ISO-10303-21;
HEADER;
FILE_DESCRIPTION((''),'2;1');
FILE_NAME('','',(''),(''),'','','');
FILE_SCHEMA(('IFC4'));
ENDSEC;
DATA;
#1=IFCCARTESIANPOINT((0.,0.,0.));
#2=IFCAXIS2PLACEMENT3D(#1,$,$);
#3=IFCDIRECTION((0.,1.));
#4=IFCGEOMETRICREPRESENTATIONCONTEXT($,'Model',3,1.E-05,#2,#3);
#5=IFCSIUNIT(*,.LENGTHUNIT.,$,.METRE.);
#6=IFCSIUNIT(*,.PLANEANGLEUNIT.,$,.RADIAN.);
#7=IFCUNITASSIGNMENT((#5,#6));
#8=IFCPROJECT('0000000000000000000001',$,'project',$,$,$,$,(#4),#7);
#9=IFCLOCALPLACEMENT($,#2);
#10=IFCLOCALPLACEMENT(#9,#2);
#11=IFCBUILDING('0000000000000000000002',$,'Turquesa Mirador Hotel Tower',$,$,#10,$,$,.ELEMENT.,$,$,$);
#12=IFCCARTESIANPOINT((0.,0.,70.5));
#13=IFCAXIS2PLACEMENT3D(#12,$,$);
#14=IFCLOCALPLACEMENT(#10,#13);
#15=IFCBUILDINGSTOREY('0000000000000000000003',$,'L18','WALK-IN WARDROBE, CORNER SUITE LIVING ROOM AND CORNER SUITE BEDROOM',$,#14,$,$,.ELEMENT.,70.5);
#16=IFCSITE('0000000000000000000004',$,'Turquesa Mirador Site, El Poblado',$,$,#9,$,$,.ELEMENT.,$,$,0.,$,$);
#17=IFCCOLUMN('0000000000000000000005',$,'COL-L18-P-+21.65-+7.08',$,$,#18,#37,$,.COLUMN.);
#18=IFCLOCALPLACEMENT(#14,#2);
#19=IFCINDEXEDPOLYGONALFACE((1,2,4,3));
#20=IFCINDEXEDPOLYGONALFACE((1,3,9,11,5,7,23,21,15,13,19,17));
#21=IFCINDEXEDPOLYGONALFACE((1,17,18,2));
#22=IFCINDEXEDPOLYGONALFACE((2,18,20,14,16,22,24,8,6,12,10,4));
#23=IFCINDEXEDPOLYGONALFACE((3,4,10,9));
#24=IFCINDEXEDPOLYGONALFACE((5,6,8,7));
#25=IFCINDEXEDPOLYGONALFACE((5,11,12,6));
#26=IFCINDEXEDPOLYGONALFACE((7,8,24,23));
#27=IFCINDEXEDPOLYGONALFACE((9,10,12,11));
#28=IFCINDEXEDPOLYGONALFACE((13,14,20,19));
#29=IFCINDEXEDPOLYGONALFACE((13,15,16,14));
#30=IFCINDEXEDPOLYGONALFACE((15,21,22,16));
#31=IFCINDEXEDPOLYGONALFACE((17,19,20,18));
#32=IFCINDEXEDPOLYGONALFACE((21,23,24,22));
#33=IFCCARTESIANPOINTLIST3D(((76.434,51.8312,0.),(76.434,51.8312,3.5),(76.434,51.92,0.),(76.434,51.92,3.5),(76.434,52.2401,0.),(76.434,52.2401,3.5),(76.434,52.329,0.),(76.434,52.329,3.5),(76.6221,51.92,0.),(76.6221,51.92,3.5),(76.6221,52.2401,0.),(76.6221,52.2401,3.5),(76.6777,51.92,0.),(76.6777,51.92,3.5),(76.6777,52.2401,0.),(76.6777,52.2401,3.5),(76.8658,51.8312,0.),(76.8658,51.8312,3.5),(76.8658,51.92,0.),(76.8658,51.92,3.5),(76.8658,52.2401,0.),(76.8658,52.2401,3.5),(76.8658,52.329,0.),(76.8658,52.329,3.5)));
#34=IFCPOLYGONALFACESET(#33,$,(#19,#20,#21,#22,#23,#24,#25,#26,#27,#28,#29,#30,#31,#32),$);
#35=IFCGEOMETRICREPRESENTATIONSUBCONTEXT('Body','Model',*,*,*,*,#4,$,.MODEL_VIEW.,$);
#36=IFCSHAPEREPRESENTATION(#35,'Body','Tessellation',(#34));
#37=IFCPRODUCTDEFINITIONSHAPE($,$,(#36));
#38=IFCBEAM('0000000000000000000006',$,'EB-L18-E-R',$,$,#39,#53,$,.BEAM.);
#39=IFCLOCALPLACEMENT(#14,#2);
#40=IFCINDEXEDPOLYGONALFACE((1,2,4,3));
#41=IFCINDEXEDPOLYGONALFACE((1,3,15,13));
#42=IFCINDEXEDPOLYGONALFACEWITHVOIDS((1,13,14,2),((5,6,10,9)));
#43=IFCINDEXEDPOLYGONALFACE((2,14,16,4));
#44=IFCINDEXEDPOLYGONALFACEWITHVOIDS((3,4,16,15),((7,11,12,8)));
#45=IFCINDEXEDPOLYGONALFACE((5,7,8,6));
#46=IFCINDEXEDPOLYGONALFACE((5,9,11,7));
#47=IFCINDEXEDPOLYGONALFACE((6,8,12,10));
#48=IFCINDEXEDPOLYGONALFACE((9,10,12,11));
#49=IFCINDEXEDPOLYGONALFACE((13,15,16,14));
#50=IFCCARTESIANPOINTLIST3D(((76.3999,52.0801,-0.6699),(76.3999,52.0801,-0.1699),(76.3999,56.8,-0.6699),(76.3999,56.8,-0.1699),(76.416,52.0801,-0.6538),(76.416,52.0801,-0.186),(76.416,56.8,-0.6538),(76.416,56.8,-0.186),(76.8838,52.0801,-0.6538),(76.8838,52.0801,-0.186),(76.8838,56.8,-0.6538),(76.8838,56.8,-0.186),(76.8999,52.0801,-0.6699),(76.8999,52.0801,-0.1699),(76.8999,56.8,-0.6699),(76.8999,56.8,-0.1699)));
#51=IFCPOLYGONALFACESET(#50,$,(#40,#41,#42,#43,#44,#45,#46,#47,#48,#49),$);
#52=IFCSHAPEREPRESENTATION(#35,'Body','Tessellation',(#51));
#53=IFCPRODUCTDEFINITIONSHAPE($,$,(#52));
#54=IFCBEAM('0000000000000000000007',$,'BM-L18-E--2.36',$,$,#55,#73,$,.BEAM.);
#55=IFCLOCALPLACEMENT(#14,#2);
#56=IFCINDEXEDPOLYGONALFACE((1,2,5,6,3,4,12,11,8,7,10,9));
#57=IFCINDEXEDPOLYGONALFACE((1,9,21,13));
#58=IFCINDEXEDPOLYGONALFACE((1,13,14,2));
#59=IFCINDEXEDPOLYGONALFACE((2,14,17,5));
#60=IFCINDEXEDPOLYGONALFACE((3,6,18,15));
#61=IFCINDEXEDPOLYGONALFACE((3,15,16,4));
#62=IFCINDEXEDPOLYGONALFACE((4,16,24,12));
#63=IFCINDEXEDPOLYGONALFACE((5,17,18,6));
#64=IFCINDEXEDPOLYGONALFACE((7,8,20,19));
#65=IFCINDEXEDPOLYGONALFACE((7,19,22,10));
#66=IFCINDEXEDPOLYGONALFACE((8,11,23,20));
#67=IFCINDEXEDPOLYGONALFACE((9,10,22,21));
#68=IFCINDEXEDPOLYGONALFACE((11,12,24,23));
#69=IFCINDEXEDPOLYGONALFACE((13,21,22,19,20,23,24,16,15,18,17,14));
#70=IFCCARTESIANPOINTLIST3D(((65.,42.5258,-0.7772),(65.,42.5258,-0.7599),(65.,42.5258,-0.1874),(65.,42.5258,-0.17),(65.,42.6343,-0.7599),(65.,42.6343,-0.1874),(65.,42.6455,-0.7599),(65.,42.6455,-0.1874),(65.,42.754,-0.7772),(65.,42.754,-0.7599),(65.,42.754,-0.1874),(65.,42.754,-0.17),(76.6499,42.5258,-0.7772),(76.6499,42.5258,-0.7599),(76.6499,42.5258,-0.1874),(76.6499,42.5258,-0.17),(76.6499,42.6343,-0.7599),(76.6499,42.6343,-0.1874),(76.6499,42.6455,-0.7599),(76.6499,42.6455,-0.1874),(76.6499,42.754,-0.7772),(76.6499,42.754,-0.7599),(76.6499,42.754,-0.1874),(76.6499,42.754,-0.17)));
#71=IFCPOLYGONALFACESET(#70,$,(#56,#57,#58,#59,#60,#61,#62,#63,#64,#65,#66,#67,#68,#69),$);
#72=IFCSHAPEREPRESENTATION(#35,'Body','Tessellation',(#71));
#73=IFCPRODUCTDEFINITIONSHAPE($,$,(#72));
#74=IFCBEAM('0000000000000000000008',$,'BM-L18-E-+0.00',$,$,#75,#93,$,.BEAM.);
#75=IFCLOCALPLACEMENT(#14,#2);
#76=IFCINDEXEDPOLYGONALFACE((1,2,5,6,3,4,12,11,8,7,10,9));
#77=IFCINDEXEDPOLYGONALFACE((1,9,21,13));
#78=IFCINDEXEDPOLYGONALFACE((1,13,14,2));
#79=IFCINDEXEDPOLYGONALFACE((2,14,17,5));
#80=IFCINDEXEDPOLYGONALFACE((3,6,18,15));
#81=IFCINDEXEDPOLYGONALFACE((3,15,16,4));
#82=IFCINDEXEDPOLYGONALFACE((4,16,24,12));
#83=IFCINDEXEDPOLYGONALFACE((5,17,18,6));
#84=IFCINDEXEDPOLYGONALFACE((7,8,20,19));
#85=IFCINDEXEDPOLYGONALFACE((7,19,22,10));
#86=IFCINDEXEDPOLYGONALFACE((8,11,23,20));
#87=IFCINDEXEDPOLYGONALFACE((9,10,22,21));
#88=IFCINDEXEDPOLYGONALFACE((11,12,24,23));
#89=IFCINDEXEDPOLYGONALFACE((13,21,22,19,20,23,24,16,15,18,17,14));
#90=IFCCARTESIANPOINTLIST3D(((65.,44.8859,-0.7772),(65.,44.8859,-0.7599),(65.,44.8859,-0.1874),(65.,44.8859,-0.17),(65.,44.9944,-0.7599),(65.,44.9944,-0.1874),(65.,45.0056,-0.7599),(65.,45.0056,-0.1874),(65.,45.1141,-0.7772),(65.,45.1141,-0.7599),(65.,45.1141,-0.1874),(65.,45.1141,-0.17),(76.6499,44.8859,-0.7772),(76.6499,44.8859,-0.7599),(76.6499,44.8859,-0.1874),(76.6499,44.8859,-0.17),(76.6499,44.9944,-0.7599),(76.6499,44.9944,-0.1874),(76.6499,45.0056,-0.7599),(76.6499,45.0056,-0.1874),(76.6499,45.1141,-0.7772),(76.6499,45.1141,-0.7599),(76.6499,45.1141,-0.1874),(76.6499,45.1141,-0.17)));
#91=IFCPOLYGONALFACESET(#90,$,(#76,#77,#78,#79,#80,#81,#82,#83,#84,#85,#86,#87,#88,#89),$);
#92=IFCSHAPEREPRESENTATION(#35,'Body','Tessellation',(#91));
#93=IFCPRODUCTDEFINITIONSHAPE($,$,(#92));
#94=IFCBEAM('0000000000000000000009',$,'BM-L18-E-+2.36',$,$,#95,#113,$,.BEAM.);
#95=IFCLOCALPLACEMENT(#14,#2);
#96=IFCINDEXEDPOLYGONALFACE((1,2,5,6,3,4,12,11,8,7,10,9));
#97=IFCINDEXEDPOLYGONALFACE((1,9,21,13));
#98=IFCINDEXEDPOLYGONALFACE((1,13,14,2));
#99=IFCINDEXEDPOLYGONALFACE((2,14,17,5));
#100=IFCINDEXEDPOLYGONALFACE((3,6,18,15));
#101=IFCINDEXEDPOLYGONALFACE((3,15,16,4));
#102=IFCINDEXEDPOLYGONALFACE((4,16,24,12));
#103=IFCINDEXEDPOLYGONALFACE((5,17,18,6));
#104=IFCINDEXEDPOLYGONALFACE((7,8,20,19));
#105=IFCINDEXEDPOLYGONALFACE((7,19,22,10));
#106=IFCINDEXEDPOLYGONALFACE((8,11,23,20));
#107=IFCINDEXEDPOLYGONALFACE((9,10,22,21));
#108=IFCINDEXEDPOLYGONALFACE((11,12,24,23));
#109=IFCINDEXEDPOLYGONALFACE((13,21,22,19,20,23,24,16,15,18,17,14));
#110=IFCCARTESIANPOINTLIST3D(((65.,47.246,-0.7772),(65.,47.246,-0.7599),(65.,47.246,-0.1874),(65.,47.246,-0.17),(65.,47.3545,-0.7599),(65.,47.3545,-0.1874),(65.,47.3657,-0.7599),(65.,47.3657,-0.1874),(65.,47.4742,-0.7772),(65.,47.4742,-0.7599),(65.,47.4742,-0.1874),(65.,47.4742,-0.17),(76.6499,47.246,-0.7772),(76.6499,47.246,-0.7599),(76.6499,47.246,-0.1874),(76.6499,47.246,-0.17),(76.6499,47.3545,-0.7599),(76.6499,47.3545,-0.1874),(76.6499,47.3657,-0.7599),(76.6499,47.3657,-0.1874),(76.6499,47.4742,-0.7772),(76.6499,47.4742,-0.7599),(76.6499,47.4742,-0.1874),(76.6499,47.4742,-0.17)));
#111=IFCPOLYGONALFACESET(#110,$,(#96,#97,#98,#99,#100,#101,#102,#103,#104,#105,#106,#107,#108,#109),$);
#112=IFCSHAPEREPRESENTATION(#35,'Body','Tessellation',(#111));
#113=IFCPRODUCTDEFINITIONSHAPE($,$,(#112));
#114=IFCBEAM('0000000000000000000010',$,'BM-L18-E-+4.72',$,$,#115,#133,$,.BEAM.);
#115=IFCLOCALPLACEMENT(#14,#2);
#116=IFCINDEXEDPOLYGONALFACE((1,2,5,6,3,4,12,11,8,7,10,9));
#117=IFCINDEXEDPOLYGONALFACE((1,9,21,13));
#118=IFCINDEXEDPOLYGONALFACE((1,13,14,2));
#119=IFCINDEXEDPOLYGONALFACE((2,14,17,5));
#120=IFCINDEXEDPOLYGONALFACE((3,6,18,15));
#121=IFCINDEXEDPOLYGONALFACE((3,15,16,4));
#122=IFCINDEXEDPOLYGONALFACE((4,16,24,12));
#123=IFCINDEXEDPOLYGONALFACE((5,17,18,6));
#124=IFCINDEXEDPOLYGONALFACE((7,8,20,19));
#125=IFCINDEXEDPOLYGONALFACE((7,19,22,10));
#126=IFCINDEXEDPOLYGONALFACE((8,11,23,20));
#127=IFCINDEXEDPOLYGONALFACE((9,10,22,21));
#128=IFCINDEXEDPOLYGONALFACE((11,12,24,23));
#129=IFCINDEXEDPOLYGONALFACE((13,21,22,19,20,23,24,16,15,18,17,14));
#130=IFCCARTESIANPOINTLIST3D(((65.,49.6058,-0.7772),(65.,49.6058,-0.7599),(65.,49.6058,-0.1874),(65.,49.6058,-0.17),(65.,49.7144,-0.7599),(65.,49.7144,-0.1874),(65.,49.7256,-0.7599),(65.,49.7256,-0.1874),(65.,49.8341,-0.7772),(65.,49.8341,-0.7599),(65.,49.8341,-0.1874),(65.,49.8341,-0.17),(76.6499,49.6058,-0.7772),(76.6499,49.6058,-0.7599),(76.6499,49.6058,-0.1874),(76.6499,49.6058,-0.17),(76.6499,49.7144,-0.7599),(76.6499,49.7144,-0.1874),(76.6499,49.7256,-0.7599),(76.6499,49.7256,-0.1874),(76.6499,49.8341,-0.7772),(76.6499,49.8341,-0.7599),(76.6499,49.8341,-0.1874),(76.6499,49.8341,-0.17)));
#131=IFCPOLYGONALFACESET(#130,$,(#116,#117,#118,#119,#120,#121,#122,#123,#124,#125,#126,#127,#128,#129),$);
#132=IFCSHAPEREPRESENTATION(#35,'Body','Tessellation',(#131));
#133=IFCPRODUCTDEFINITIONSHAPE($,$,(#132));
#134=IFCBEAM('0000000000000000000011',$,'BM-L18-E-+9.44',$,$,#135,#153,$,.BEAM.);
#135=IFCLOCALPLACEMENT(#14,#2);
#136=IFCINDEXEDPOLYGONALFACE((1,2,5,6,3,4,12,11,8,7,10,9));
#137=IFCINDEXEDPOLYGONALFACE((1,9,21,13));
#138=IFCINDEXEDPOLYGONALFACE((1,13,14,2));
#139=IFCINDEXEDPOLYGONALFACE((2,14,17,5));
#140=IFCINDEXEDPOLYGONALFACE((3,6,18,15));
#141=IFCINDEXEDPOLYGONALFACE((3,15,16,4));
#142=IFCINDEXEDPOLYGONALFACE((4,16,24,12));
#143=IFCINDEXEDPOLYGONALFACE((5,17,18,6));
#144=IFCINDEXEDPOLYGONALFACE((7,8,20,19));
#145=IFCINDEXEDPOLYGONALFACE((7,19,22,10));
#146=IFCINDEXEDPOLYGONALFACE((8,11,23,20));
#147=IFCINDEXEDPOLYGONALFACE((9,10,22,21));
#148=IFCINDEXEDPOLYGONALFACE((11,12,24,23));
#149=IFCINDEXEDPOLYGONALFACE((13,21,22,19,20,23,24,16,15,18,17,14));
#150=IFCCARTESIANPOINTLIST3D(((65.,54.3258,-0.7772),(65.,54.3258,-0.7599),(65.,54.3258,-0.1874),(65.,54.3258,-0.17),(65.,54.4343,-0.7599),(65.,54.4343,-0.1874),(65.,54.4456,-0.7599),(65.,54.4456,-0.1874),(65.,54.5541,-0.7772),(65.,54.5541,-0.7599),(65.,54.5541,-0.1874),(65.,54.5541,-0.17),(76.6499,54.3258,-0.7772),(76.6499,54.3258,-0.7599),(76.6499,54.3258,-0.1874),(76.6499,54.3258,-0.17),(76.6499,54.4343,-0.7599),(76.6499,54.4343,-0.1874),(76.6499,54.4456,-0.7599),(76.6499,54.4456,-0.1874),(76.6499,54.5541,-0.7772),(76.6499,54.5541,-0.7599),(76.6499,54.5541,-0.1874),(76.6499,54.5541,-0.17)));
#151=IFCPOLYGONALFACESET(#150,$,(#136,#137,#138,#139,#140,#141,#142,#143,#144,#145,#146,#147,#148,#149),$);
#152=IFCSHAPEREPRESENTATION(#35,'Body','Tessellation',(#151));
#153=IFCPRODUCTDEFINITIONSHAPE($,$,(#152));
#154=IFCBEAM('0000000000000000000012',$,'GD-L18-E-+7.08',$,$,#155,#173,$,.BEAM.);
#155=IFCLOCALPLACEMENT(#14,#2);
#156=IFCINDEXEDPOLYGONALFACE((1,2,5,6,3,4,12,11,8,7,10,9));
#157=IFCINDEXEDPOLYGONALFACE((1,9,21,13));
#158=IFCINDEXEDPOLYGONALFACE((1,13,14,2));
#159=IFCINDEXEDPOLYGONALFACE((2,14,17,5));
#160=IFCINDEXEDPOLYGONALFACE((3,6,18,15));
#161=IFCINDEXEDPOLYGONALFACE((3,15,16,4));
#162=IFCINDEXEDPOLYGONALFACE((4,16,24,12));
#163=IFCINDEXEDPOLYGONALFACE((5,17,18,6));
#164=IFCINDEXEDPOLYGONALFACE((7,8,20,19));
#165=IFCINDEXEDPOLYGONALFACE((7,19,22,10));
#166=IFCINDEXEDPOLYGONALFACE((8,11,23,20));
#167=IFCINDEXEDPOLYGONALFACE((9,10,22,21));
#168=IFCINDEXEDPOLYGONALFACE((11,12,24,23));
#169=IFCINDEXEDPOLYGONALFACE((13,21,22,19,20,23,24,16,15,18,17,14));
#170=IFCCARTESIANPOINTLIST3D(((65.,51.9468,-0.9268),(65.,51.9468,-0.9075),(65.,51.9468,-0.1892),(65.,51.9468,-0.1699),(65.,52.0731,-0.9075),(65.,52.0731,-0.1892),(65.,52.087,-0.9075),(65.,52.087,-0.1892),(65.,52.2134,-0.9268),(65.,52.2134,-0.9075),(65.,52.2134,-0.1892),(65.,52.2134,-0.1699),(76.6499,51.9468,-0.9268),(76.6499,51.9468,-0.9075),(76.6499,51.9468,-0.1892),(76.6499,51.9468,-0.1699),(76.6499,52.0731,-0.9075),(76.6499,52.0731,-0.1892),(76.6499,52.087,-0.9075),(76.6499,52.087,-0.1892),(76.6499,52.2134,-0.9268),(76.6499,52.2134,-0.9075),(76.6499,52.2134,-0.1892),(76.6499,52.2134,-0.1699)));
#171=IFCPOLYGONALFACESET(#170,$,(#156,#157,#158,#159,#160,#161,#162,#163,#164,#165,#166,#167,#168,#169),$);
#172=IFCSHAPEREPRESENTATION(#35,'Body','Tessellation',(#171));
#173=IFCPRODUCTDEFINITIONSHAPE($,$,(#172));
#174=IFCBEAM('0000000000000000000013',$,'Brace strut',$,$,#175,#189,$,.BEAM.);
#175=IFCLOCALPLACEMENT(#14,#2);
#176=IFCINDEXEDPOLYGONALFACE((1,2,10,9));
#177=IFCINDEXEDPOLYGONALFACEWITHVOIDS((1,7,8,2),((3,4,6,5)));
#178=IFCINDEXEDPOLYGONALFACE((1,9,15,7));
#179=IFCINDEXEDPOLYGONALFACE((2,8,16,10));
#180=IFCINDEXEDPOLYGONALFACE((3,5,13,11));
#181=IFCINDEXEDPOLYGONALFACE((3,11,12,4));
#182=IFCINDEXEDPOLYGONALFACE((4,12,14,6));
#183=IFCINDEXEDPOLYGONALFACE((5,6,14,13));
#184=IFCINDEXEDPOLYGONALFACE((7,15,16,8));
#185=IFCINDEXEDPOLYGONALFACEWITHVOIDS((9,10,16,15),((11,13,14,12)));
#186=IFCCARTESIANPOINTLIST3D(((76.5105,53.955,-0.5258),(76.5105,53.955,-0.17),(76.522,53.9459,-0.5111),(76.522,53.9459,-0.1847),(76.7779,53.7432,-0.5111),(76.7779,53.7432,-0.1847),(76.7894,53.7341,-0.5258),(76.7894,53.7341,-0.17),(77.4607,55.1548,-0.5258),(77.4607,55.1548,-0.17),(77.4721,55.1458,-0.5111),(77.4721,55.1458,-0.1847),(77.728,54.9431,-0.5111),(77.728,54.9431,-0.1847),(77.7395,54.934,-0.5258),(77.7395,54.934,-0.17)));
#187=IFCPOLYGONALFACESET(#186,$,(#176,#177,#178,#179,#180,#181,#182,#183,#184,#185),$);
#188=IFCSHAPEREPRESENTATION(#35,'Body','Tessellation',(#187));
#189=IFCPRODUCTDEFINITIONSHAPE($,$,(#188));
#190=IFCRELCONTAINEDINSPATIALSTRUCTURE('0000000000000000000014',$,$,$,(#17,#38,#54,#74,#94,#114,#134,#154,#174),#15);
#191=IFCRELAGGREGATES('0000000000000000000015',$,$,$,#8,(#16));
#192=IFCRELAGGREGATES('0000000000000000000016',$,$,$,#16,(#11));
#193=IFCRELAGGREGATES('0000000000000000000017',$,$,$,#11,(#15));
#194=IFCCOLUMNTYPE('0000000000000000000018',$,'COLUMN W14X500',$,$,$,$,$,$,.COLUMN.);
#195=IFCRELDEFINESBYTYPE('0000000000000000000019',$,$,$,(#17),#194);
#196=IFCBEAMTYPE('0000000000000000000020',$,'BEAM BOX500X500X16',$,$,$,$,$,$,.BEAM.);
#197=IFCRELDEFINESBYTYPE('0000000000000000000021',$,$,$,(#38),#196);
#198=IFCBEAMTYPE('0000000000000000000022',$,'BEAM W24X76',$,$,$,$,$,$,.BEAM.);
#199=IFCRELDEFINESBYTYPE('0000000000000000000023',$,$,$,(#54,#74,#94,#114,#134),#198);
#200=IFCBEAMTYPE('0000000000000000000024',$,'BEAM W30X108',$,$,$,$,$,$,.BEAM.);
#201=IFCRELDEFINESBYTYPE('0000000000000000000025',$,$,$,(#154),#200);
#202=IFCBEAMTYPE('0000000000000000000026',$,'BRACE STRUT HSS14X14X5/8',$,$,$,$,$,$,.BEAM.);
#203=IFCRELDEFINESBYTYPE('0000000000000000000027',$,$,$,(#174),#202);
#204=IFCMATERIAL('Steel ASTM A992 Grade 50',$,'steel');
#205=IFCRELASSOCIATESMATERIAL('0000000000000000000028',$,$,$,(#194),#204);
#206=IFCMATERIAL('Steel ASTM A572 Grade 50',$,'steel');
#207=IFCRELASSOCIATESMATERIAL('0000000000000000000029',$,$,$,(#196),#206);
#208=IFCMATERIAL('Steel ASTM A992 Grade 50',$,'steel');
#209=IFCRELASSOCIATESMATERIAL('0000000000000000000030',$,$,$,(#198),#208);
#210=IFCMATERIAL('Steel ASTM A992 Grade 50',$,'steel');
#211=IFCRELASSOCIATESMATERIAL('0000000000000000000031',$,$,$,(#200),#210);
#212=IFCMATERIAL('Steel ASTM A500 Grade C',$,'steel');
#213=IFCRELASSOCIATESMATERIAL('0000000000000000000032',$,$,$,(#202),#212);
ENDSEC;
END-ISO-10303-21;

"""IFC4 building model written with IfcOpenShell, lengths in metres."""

from ifc_helpers import new_model, si_unit, direction, frame, origin, origin_2d, place, context, subcontext, project, spatial, hollow_rectangle, i_section, extrude, material, material_profile, profile_set, type_object, element, save


model = new_model("IFC4")

# Units and contexts
model_context = context("Model", 3, precision=1e-05, world=origin(), true_north=direction((0.0, 1.0)))
body_context = subcontext(model_context, "Body", "Model", "MODEL_VIEW")
ifc_project = project(units=[si_unit("LENGTHUNIT", "METRE"), si_unit("PLANEANGLEUNIT", "RADIAN")], contexts=[model_context])

# Site, building, storey
site_placement = place(None, origin())
site = spatial("IfcSite", under=ifc_project, at=site_placement, Name="Turquesa Mirador Site, El Poblado", CompositionType="ELEMENT", RefElevation=0.0)
building_placement = place(site_placement, origin())
building = spatial("IfcBuilding", under=site, at=building_placement, Name="Turquesa Mirador Hotel Tower", CompositionType="ELEMENT")
storey_placement = place(building_placement, frame((0.0, 0.0, 70.5)))
storey = spatial("IfcBuildingStorey", under=building, at=storey_placement, Name="L18", Description="WALK-IN WARDROBE, CORNER SUITE LIVING ROOM AND CORNER SUITE BEDROOM", CompositionType="ELEMENT", Elevation=70.5)

# Column
ifc_material_1 = material(Name="Steel ASTM A992 Grade 50", Category="steel")
ifc_material_profile_1 = material_profile(ifc_material_1, i_section(OverallWidth=0.4319, OverallDepth=0.4978, WebThickness=0.0557, FlangeThickness=0.0889, at=origin_2d()), Name="W14X500")
ifc_profile_set_1 = profile_set([ifc_material_profile_1], Name="Steel ASTM A992 Grade 50")
column_type = type_object("IfcColumnType", Name="COLUMN W14X500", PredefinedType="COLUMN", material=ifc_profile_set_1)
column_placement = place(storey_placement, frame((76.6499, 52.0801, 0.0), z_axis=(0.0, 0.0, 1.0), x_axis=(1.0, 0.0, 0.0)))
element("IfcColumn", 1, at=column_placement, inside=storey, type_object=column_type, Name="COL-L18-P-+21.65-+7.08", PredefinedType="COLUMN", context=body_context, shape_type="SweptSolid", body=[
    extrude(i_section(OverallWidth=0.4319, OverallDepth=0.4978, WebThickness=0.0557, FlangeThickness=0.0889, at=origin_2d()), origin(), (0.0, 0.0, 1.0), 3.5),
])

# Beams
ifc_material_2 = material(Name="Steel ASTM A572 Grade 50", Category="steel")
ifc_material_profile_2 = material_profile(ifc_material_2, hollow_rectangle(XDim=0.5, YDim=0.5, WallThickness=0.0161, at=origin_2d()), Name="BOX500X500X16")
ifc_profile_set_2 = profile_set([ifc_material_profile_2], Name="Steel ASTM A572 Grade 50")
beam_type_1 = type_object("IfcBeamType", Name="BEAM BOX500X500X16", PredefinedType="BEAM", material=ifc_profile_set_2)
beam_1_placement = place(storey_placement, frame((76.6499, 52.0801, -0.4199), z_axis=(0.0, 1.0, 0.0), x_axis=(-1.0, 0.0, 0.0)))
element("IfcBeam", 2, at=beam_1_placement, inside=storey, type_object=beam_type_1, Name="EB-L18-E-R", PredefinedType="BEAM", context=body_context, shape_type="SweptSolid", body=[
    extrude(hollow_rectangle(XDim=0.5, YDim=0.5, WallThickness=0.0161, at=origin_2d()), origin(), (0.0, 0.0, 1.0), 4.72),
])
ifc_material_3 = material(Name="Steel ASTM A992 Grade 50", Category="steel")
ifc_material_profile_3 = material_profile(ifc_material_3, i_section(OverallWidth=0.2283, OverallDepth=0.6072, WebThickness=0.0112, FlangeThickness=0.0173, at=origin_2d()), Name="W24X76")
ifc_profile_set_3 = profile_set([ifc_material_profile_3], Name="Steel ASTM A992 Grade 50")
beam_type_2 = type_object("IfcBeamType", Name="BEAM W24X76", PredefinedType="BEAM", material=ifc_profile_set_3)
for number, where, z_axis, x_axis, name in (
    (3, (76.6499, 42.6399, -0.4736), (-1.0, 0.0, 0.0), (0.0, -1.0, 0.0), "BM-L18-E--2.36"),
    (4, (76.6499, 45.0, -0.4736), (-1.0, 0.0, 0.0), (0.0, -1.0, 0.0), "BM-L18-E-+0.00"),
    (5, (76.6499, 47.3601, -0.4736), (-1.0, 0.0, 0.0), (0.0, -1.0, 0.0), "BM-L18-E-+2.36"),
    (6, (76.6499, 49.72, -0.4736), (-1.0, 0.0, 0.0), (0.0, -1.0, 0.0), "BM-L18-E-+4.72"),
    (7, (76.6499, 54.4399, -0.4736), (-1.0, 0.0, 0.0), (0.0, -1.0, 0.0), "BM-L18-E-+9.44"),
):
    element("IfcBeam", number, at=place(storey_placement, frame(where, z_axis=z_axis, x_axis=x_axis)), inside=storey, type_object=beam_type_2, Name=name, PredefinedType="BEAM", context=body_context, shape_type="SweptSolid", body=[
        extrude(i_section(OverallWidth=0.2283, OverallDepth=0.6072, WebThickness=0.0112, FlangeThickness=0.0173, at=origin_2d()), origin(), (0.0, 0.0, 1.0), 11.6499),
    ])
ifc_material_4 = material(Name="Steel ASTM A992 Grade 50", Category="steel")
ifc_material_profile_4 = material_profile(ifc_material_4, i_section(OverallWidth=0.2666, OverallDepth=0.7568, WebThickness=0.0139, FlangeThickness=0.0193, at=origin_2d()), Name="W30X108")
ifc_profile_set_4 = profile_set([ifc_material_profile_4], Name="Steel ASTM A992 Grade 50")
beam_type_3 = type_object("IfcBeamType", Name="BEAM W30X108", PredefinedType="BEAM", material=ifc_profile_set_4)
beam_2_placement = place(storey_placement, frame((76.6499, 52.0801, -0.5483), z_axis=(-1.0, 0.0, 0.0), x_axis=(0.0, -1.0, 0.0)))
element("IfcBeam", 8, at=beam_2_placement, inside=storey, type_object=beam_type_3, Name="GD-L18-E-+7.08", PredefinedType="BEAM", context=body_context, shape_type="SweptSolid", body=[
    extrude(i_section(OverallWidth=0.2666, OverallDepth=0.7568, WebThickness=0.0139, FlangeThickness=0.0193, at=origin_2d()), origin(), (0.0, 0.0, 1.0), 11.6499),
])
ifc_material_5 = material(Name="Steel ASTM A500 Grade C", Category="steel")
ifc_material_profile_5 = material_profile(ifc_material_5, hollow_rectangle(XDim=0.3557, YDim=0.3557, WallThickness=0.0146, at=origin_2d()), Name="HSS14X14X5/8")
ifc_profile_set_5 = profile_set([ifc_material_profile_5], Name="Steel ASTM A500 Grade C")
beam_type_4 = type_object("IfcBeamType", Name="BRACE STRUT HSS14X14X5/8", PredefinedType="BEAM", material=ifc_profile_set_5)
for number, where, z_axis, x_axis, name in (
    (9, (77.6001, 55.0444, -0.3479), (-0.620797, -0.783971, 0.0), (0.783971, -0.620797, 0.0), "Brace strut"),
):
    element("IfcBeam", number, at=place(storey_placement, frame(where, z_axis=z_axis, x_axis=x_axis)), inside=storey, type_object=beam_type_4, Name=name, PredefinedType="BEAM", context=body_context, shape_type="SweptSolid", body=[
        extrude(hollow_rectangle(XDim=0.3557, YDim=0.3557, WallThickness=0.0146, at=origin_2d()), origin(), (0.0, 0.0, 1.0), 1.5305),
    ])

save(model, "model.ifc")
